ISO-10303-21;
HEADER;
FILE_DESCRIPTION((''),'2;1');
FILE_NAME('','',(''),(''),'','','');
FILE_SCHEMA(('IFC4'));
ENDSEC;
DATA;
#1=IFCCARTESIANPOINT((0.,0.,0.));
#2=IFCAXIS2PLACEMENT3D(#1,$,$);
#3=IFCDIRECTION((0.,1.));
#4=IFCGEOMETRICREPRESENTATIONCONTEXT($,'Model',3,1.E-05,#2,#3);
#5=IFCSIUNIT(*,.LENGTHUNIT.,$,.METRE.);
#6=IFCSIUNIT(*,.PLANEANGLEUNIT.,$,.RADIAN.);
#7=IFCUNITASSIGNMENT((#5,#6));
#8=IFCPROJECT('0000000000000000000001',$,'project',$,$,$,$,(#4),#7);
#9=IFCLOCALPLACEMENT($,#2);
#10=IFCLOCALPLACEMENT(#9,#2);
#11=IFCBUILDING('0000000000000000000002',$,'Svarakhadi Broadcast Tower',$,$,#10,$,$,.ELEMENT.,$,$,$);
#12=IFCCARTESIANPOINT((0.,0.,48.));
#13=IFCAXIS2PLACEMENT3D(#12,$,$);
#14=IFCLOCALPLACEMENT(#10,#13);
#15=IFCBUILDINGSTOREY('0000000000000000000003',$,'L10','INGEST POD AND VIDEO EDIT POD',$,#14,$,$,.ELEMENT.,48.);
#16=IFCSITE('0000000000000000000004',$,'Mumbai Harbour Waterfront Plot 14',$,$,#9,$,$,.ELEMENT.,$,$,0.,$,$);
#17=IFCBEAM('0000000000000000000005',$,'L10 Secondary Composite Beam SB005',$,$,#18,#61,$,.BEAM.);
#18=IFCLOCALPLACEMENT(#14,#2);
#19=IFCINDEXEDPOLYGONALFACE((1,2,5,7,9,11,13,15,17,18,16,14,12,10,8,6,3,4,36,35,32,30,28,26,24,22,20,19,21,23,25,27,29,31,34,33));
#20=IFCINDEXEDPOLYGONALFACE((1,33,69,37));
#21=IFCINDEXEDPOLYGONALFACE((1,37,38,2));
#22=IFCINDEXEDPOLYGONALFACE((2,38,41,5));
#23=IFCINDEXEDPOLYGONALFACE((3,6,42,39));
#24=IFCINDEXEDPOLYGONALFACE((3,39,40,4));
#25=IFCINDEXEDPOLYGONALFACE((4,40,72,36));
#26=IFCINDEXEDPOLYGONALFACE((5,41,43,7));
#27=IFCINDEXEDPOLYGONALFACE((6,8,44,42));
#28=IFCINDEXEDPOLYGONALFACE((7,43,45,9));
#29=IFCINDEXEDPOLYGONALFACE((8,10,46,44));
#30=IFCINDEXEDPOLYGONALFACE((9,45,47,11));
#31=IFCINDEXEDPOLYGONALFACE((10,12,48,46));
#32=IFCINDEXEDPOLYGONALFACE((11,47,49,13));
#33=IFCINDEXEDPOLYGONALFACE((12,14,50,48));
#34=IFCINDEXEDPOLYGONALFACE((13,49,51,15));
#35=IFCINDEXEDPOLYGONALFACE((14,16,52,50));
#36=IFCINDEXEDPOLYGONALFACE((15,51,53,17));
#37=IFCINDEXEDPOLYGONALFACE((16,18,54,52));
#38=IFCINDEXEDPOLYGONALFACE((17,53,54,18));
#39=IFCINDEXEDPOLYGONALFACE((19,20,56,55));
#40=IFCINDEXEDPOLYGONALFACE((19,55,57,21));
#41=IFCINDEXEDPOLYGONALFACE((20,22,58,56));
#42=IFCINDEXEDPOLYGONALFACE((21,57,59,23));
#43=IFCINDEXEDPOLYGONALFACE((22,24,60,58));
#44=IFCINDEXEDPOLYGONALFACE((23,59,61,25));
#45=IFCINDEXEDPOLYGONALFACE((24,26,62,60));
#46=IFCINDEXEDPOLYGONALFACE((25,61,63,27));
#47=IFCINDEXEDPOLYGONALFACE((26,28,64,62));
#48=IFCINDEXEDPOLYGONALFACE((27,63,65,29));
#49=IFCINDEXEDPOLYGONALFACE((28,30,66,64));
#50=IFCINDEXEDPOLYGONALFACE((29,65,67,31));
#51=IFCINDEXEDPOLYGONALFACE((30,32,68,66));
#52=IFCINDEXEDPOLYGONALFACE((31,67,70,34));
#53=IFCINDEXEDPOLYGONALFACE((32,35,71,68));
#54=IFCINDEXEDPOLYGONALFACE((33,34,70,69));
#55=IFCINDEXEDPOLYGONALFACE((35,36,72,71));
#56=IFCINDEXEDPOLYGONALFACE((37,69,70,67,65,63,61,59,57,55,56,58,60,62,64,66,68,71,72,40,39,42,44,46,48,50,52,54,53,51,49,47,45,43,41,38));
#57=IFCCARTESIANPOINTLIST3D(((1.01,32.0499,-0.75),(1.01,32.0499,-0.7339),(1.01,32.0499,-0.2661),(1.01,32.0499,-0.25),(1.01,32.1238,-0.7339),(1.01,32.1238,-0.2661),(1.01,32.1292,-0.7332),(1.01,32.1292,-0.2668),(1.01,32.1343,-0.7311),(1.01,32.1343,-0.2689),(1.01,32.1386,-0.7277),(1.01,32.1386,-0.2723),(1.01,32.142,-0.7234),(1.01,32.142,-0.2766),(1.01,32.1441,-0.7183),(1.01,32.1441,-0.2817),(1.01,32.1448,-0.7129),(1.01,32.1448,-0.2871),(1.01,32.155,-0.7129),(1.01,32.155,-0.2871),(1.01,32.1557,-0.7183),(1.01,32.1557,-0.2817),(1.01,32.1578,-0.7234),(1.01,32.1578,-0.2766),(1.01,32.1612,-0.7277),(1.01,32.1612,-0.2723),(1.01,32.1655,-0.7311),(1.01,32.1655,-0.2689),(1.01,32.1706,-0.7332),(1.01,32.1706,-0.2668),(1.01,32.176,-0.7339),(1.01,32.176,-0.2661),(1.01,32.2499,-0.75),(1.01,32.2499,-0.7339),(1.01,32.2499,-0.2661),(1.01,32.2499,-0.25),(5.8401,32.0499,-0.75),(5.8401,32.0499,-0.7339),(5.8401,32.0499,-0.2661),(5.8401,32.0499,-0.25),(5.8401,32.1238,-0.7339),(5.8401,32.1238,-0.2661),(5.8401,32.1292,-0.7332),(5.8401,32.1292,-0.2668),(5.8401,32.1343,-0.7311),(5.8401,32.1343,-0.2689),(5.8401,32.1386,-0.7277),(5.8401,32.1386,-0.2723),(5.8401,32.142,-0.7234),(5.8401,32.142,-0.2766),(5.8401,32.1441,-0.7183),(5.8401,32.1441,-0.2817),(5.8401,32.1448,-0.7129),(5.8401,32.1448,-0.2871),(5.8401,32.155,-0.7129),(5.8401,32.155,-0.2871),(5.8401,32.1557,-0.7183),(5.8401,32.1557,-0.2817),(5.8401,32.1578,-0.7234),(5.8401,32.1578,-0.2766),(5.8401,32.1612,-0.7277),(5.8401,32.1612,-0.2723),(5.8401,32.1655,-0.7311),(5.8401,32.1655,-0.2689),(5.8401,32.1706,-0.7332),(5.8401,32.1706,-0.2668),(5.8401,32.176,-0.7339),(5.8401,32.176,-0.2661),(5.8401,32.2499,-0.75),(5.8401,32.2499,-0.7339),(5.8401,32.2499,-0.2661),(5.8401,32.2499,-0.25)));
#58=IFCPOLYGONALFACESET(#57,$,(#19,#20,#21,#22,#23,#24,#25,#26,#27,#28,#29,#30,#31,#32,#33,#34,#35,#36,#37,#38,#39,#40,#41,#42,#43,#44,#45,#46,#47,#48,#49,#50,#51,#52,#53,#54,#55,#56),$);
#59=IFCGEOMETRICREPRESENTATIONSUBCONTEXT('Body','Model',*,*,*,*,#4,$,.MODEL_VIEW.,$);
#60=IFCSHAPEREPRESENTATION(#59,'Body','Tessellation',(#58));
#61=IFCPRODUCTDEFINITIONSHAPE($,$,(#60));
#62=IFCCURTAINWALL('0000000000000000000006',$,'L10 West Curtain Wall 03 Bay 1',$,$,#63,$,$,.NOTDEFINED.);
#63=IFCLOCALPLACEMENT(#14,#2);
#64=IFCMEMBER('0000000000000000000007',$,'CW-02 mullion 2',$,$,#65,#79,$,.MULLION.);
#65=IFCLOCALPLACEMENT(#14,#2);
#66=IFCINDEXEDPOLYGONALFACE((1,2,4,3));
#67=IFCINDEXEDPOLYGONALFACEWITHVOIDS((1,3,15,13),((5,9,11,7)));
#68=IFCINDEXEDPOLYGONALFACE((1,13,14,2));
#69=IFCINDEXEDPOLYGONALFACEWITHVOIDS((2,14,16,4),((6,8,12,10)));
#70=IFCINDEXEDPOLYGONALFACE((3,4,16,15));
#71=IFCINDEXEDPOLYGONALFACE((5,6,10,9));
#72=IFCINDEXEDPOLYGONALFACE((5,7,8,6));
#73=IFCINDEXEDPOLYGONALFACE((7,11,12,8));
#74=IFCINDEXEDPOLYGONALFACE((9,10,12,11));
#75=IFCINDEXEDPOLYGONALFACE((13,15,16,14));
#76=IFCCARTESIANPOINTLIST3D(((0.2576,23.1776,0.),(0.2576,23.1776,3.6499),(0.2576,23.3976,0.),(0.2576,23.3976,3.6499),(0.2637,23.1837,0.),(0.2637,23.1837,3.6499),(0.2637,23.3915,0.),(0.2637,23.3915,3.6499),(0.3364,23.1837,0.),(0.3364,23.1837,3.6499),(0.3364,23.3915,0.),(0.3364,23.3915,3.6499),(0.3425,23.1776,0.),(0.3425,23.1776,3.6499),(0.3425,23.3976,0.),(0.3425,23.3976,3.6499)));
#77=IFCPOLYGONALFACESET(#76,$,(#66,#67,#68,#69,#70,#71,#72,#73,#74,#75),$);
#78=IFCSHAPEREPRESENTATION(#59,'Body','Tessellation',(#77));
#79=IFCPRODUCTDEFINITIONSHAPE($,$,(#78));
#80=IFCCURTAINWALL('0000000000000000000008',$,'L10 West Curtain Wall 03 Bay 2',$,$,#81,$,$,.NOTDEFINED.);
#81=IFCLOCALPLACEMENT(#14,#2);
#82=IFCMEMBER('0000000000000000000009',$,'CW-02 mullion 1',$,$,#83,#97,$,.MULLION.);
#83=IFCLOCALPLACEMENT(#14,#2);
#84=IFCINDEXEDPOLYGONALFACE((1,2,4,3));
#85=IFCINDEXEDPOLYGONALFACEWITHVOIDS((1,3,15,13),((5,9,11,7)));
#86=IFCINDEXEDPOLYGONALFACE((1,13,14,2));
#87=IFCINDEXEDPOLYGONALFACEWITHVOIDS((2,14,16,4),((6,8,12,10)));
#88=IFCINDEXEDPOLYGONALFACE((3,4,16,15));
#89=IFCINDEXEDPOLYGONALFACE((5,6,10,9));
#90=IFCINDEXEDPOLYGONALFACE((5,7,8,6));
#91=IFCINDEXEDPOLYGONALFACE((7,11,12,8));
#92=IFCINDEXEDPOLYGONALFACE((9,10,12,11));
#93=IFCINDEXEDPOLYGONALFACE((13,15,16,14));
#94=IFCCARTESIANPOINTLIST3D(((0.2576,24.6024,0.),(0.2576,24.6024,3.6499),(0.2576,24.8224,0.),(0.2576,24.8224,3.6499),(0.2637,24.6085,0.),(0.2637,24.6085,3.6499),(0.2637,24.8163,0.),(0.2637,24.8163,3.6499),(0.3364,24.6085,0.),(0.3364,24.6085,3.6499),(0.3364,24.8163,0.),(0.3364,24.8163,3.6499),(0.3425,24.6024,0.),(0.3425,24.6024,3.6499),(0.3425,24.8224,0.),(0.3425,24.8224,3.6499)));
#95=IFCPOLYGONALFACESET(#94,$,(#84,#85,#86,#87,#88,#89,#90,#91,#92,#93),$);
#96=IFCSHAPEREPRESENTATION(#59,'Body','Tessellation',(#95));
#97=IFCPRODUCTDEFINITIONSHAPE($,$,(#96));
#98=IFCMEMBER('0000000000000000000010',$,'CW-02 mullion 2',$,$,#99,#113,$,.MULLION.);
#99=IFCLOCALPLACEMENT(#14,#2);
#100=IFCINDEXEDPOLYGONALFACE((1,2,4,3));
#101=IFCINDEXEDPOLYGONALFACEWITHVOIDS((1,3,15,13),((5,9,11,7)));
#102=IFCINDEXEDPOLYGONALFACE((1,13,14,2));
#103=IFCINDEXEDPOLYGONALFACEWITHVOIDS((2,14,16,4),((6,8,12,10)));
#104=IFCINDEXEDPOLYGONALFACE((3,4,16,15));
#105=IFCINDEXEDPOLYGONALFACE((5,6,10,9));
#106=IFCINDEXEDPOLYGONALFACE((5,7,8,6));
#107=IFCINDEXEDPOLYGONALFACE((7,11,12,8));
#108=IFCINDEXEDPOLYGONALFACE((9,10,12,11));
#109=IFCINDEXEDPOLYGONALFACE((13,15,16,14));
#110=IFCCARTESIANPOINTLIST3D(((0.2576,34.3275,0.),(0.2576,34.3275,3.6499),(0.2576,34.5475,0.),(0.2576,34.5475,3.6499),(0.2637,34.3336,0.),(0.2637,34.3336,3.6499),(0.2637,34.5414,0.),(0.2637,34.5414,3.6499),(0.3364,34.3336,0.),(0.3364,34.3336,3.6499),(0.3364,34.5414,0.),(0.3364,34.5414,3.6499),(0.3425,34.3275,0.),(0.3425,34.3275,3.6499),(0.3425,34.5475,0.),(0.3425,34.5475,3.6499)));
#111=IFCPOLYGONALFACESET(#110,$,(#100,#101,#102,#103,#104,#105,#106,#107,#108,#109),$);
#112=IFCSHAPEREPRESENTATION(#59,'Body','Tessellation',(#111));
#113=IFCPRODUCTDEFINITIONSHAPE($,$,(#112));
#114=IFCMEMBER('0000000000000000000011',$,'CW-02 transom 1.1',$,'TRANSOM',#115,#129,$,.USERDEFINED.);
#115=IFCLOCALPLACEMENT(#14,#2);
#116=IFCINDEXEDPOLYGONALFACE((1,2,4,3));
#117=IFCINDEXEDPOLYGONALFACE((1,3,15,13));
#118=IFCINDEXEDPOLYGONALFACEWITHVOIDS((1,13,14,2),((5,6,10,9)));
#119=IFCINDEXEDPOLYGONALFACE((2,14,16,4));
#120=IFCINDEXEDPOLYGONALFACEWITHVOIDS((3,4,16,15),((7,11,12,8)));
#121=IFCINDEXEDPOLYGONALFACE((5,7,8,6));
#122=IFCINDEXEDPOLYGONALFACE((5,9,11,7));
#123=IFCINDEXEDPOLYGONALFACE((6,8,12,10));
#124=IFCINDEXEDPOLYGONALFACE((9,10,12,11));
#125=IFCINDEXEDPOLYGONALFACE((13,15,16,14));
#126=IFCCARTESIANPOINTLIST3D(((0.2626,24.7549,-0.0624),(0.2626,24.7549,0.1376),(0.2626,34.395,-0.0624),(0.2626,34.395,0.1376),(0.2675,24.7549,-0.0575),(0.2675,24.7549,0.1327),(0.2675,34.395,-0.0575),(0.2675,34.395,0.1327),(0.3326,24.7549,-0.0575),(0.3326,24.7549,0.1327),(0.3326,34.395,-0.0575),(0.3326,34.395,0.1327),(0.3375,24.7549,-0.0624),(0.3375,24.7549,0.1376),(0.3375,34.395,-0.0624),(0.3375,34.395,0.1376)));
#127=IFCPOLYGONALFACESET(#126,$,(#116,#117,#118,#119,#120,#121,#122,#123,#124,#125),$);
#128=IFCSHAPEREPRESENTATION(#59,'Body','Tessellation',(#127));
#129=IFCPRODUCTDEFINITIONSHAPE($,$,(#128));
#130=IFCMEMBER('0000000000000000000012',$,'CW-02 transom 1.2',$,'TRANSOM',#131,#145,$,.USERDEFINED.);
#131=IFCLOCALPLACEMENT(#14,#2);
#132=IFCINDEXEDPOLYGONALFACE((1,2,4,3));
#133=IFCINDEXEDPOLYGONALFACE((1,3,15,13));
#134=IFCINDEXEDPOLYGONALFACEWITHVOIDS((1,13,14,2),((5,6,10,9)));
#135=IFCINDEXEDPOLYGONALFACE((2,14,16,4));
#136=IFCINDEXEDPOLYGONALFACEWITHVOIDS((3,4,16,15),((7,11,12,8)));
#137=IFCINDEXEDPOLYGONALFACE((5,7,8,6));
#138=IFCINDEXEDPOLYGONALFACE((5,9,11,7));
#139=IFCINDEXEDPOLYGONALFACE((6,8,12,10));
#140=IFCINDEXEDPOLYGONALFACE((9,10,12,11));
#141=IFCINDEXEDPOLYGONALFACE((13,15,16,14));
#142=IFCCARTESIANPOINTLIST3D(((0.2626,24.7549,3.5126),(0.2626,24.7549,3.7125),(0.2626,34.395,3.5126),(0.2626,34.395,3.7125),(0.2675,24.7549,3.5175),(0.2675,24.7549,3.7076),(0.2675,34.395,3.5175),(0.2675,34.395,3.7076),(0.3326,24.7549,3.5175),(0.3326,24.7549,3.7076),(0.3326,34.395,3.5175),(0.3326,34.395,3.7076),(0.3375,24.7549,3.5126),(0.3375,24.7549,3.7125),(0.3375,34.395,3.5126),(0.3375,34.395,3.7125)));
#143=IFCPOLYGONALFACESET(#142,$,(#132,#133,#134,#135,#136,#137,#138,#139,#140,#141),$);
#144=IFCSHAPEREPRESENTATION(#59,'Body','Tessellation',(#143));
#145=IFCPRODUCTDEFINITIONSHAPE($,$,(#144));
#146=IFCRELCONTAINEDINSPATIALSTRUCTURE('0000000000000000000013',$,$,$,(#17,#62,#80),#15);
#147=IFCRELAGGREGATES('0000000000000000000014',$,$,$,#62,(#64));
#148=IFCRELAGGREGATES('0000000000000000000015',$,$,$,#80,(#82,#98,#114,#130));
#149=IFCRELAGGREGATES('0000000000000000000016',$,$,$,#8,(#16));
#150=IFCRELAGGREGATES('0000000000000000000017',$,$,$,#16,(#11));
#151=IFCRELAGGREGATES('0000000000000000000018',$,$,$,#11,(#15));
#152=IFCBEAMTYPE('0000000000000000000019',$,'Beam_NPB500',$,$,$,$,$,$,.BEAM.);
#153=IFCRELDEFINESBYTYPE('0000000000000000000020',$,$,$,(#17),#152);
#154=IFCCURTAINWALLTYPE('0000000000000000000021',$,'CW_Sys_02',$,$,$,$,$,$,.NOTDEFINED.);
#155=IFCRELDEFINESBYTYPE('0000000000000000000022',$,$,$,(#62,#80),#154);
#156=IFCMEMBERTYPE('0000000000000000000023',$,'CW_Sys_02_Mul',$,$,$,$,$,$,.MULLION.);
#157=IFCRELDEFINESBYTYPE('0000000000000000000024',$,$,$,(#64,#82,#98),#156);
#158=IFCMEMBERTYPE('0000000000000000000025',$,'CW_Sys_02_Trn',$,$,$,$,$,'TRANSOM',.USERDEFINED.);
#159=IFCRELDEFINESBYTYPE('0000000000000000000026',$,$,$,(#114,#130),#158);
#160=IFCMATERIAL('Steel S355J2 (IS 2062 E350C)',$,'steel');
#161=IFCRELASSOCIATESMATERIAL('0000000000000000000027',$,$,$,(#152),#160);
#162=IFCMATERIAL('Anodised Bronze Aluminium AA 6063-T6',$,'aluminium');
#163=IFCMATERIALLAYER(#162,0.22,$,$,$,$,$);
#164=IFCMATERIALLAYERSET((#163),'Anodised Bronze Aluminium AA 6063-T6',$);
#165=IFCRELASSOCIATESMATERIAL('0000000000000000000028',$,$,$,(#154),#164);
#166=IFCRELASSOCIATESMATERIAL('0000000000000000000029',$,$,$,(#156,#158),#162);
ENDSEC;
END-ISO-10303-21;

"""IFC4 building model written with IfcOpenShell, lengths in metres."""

from ifc_helpers import new_model, si_unit, direction, frame, origin, origin_2d, place, context, subcontext, project, spatial, hollow_rectangle, i_section, extrude, material, layer, layer_set, material_profile, profile_set, type_object, element, aggregate, save


model = new_model("IFC4")

# Units and contexts
model_context = context("Model", 3, precision=1e-05, world=origin(), true_north=direction((0.0, 1.0)))
body_context = subcontext(model_context, "Body", "Model", "MODEL_VIEW")
ifc_project = project(units=[si_unit("LENGTHUNIT", "METRE"), si_unit("PLANEANGLEUNIT", "RADIAN")], contexts=[model_context])

# Site, building, storey
site_placement = place(None, origin())
site = spatial("IfcSite", under=ifc_project, at=site_placement, Name="Mumbai Harbour Waterfront Plot 14", CompositionType="ELEMENT", RefElevation=0.0)
building_placement = place(site_placement, origin())
building = spatial("IfcBuilding", under=site, at=building_placement, Name="Svarakhadi Broadcast Tower", CompositionType="ELEMENT")
storey_placement = place(building_placement, frame((0.0, 0.0, 48.0)))
storey = spatial("IfcBuildingStorey", under=building, at=storey_placement, Name="L10", Description="INGEST POD AND VIDEO EDIT POD", CompositionType="ELEMENT", Elevation=48.0)

# Beam
ifc_material_1 = material(Name="Steel S355J2 (IS 2062 E350C)", Category="steel")
ifc_material_profile_1 = material_profile(ifc_material_1, i_section(OverallWidth=0.2, OverallDepth=0.5, WebThickness=0.0103, FlangeThickness=0.0161, FilletRadius=0.021, at=origin_2d()), Name="NPB 500x200x91")
ifc_profile_set_1 = profile_set([ifc_material_profile_1], Name="Steel S355J2 (IS 2062 E350C)")
beam_type_1 = type_object("IfcBeamType", Name="Beam_NPB500", PredefinedType="BEAM", material=ifc_profile_set_1)
for number, where, z_axis, x_axis, name in (
    (1, (1.01, 32.1499, -0.5), (1.0, 0.0, 0.0), (0.0, 1.0, 0.0), "L10 Secondary Composite Beam SB005"),
):
    element("IfcBeam", number, at=place(storey_placement, frame(where, z_axis=z_axis, x_axis=x_axis)), inside=storey, type_object=beam_type_1, Name=name, PredefinedType="BEAM", context=body_context, shape_type="SweptSolid", body=[
        extrude(i_section(OverallWidth=0.2, OverallDepth=0.5, WebThickness=0.0103, FlangeThickness=0.0161, FilletRadius=0.021, at=origin_2d()), origin(), (0.0, 0.0, 1.0), 4.8301),
    ])

# Curtain wall, member
ifc_material_2 = material(Name="Anodised Bronze Aluminium AA 6063-T6", Category="aluminium")
ifc_layer_1 = layer(ifc_material_2, 0.22)
ifc_layer_set_1 = layer_set([ifc_layer_1], Name="Anodised Bronze Aluminium AA 6063-T6")
curtain_wall_type = type_object("IfcCurtainWallType", Name="CW_Sys_02", PredefinedType="NOTDEFINED", material=ifc_layer_set_1)
curtain_wall_1_placement = place(storey_placement, origin())
curtain_wall_1 = element("IfcCurtainWall", 2, at=curtain_wall_1_placement, inside=storey, type_object=curtain_wall_type, Name="L10 West Curtain Wall 03 Bay 1", PredefinedType="NOTDEFINED")
ifc_material_profile_2 = material_profile(ifc_material_2, hollow_rectangle(XDim=0.085, YDim=0.22, WallThickness=0.0061, at=origin_2d()), Name="ALU MULLION 220x85x6")
ifc_profile_set_2 = profile_set([ifc_material_profile_2], Name="Anodised Bronze Aluminium AA 6063-T6")
member_type_1 = type_object("IfcMemberType", Name="CW_Sys_02_Mul", PredefinedType="MULLION", material=ifc_profile_set_2)
member_1_placement = place(storey_placement, frame((0.3, 23.2876, 0.0), z_axis=(0.0, 0.0, 1.0), x_axis=(-1.0, 0.0, 0.0)))
member_1 = element("IfcMember", 3, at=member_1_placement, type_object=member_type_1, Name="CW-02 mullion 2", PredefinedType="MULLION", context=body_context, shape_type="SweptSolid", body=[
    extrude(hollow_rectangle(XDim=0.085, YDim=0.22, WallThickness=0.0061, at=origin_2d()), origin(), (0.0, 0.0, 1.0), 3.6499),
])
aggregate(curtain_wall_1, [member_1])

# Curtain wall, members
curtain_wall_2_placement = place(storey_placement, origin())
curtain_wall_2 = element("IfcCurtainWall", 4, at=curtain_wall_2_placement, inside=storey, type_object=curtain_wall_type, Name="L10 West Curtain Wall 03 Bay 2", PredefinedType="NOTDEFINED")
member_2_placement = place(storey_placement, frame((0.3, 24.7124, 0.0), z_axis=(0.0, 0.0, 1.0), x_axis=(-1.0, 0.0, 0.0)))
member_2 = element("IfcMember", 5, at=member_2_placement, type_object=member_type_1, Name="CW-02 mullion 1", PredefinedType="MULLION", context=body_context, shape_type="SweptSolid", body=[
    extrude(hollow_rectangle(XDim=0.085, YDim=0.22, WallThickness=0.0061, at=origin_2d()), origin(), (0.0, 0.0, 1.0), 3.6499),
])
member_3_placement = place(storey_placement, frame((0.3, 34.4375, 0.0), z_axis=(0.0, 0.0, 1.0), x_axis=(-1.0, 0.0, 0.0)))
member_3 = element("IfcMember", 6, at=member_3_placement, type_object=member_type_1, Name="CW-02 mullion 2", PredefinedType="MULLION", context=body_context, shape_type="SweptSolid", body=[
    extrude(hollow_rectangle(XDim=0.085, YDim=0.22, WallThickness=0.0061, at=origin_2d()), origin(), (0.0, 0.0, 1.0), 3.6499),
])
ifc_material_profile_3 = material_profile(ifc_material_2, hollow_rectangle(XDim=0.075, YDim=0.2, WallThickness=0.0049, at=origin_2d()), Name="ALU TRANSOM 200x75x5")
ifc_profile_set_3 = profile_set([ifc_material_profile_3], Name="Anodised Bronze Aluminium AA 6063-T6")
member_type_2 = type_object("IfcMemberType", Name="CW_Sys_02_Trn", ElementType="TRANSOM", PredefinedType="USERDEFINED", material=ifc_profile_set_3)
member_4_placement = place(storey_placement, frame((0.3, 24.7549, 0.0376), z_axis=(0.0, 1.0, 0.0), x_axis=(-1.0, 0.0, 0.0)))
member_4 = element("IfcMember", 7, at=member_4_placement, type_object=member_type_2, Name="CW-02 transom 1.1", ObjectType="TRANSOM", PredefinedType="USERDEFINED", context=body_context, shape_type="SweptSolid", body=[
    extrude(hollow_rectangle(XDim=0.075, YDim=0.2, WallThickness=0.0049, at=origin_2d()), origin(), (0.0, 0.0, 1.0), 9.6401),
])
member_5_placement = place(storey_placement, frame((0.3, 24.7549, 3.6125), z_axis=(0.0, 1.0, 0.0), x_axis=(-1.0, 0.0, 0.0)))
member_5 = element("IfcMember", 8, at=member_5_placement, type_object=member_type_2, Name="CW-02 transom 1.2", ObjectType="TRANSOM", PredefinedType="USERDEFINED", context=body_context, shape_type="SweptSolid", body=[
    extrude(hollow_rectangle(XDim=0.075, YDim=0.2, WallThickness=0.0049, at=origin_2d()), origin(), (0.0, 0.0, 1.0), 9.6401),
])

aggregate(curtain_wall_2, [member_2, member_3, member_4, member_5])

save(model, "model.ifc")
